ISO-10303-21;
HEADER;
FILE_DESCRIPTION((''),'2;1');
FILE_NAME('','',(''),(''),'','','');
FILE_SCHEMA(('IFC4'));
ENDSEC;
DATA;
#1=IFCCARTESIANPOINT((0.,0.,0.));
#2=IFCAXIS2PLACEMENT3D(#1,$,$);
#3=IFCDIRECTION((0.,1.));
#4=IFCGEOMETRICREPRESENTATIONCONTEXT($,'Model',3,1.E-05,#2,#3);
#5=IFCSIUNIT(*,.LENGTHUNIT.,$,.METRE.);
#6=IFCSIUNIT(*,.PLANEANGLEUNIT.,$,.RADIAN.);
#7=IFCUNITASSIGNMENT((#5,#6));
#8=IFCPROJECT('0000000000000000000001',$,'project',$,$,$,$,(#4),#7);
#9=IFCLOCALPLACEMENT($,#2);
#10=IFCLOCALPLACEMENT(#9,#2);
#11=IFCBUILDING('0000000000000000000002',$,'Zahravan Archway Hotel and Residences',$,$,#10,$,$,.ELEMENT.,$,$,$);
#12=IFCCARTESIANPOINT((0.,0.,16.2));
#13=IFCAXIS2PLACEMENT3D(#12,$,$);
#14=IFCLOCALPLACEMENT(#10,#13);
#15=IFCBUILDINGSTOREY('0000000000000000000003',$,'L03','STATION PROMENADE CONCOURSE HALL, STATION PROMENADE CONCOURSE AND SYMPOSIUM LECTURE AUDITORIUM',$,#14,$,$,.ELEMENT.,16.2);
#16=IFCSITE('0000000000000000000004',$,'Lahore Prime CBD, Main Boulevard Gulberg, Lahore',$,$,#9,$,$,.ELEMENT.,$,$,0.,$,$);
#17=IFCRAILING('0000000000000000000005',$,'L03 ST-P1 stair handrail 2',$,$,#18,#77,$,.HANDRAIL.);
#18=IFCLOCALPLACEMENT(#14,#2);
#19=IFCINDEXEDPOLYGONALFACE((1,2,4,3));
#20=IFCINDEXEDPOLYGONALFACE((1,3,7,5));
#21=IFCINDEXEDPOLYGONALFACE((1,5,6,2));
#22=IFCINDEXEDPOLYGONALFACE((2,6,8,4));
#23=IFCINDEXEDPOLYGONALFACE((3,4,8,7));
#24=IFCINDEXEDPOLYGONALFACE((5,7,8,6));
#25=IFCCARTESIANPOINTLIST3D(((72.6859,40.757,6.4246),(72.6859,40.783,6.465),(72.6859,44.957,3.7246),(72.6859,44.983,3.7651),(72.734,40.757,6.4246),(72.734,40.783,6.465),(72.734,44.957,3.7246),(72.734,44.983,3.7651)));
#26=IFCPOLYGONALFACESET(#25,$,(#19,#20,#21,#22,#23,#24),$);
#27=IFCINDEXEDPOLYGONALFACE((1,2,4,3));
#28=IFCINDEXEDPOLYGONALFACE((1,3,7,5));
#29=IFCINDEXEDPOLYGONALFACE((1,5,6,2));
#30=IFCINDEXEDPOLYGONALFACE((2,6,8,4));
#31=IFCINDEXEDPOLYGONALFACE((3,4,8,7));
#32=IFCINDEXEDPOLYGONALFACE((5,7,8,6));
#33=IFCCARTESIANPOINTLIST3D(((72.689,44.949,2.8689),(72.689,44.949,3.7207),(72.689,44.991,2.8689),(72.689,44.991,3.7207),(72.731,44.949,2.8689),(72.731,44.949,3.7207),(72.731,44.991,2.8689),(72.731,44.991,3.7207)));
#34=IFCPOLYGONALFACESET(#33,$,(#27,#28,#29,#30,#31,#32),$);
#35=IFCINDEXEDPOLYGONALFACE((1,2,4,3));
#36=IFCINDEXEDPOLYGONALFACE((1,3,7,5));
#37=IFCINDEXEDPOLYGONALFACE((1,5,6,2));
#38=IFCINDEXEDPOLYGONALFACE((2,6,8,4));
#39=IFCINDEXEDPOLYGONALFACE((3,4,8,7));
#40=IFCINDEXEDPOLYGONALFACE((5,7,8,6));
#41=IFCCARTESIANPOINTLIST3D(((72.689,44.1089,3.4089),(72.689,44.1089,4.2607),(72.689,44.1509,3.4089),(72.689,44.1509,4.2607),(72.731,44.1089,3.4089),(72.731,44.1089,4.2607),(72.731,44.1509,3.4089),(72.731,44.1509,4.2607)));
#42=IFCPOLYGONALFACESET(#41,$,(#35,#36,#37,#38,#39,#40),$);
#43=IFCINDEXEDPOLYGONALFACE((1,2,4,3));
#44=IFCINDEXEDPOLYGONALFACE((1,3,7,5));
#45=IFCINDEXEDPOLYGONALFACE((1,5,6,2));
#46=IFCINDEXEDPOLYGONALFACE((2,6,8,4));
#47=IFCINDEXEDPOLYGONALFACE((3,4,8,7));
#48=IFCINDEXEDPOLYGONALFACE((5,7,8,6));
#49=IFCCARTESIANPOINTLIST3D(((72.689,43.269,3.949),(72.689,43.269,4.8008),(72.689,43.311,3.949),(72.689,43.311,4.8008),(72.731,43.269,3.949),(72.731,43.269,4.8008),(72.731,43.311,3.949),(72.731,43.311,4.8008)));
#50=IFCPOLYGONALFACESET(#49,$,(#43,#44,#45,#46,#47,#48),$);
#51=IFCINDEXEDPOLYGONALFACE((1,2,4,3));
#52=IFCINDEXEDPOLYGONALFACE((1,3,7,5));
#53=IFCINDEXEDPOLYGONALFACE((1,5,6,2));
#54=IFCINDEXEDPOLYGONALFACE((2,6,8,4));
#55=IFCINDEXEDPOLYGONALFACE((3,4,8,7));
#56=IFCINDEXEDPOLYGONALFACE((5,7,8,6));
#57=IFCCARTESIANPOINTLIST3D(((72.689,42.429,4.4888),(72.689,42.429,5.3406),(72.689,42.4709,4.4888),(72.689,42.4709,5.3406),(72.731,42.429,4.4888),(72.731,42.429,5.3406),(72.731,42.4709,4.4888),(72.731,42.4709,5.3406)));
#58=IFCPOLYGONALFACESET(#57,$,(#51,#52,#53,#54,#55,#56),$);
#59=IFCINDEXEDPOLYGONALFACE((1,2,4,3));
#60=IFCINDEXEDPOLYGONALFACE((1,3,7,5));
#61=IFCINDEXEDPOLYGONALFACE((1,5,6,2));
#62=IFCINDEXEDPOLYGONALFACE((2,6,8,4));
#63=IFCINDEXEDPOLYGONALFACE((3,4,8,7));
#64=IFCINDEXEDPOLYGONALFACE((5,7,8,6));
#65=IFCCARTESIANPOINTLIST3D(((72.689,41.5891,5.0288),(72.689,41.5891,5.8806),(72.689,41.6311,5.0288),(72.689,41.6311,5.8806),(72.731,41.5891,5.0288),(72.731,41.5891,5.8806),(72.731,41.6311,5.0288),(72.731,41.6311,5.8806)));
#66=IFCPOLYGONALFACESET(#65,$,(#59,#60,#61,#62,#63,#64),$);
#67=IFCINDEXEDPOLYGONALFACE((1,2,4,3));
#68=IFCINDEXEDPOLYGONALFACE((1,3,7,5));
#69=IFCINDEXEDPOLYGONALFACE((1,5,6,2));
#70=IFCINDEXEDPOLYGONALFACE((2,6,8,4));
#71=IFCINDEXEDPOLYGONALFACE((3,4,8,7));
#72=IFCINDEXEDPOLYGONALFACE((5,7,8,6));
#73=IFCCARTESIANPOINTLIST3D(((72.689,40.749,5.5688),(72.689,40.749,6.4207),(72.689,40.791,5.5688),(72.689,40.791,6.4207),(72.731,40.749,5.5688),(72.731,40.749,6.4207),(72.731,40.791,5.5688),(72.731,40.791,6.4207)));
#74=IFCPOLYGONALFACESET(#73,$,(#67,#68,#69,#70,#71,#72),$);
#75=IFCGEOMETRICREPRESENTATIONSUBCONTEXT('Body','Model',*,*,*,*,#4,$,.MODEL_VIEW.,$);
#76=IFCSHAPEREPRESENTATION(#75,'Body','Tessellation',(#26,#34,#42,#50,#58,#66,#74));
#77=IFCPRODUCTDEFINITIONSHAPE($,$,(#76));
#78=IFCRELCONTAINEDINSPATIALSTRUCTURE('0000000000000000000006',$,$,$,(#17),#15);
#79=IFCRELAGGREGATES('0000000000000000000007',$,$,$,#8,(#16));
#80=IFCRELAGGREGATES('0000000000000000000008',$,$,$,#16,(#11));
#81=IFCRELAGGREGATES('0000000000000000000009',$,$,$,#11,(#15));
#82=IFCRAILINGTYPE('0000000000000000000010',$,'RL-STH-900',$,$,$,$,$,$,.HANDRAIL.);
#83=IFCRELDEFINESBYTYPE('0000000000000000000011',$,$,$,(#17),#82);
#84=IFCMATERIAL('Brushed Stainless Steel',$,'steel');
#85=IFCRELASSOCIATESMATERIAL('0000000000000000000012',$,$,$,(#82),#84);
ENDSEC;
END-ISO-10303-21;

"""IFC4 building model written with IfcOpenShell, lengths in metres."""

from ifc_helpers import new_model, si_unit, direction, frame, origin, origin_2d, place, context, subcontext, project, spatial, rectangle, extrude, material, type_object, element, save


model = new_model("IFC4")

# Units and contexts
model_context = context("Model", 3, precision=1e-05, world=origin(), true_north=direction((0.0, 1.0)))
body_context = subcontext(model_context, "Body", "Model", "MODEL_VIEW")
ifc_project = project(units=[si_unit("LENGTHUNIT", "METRE"), si_unit("PLANEANGLEUNIT", "RADIAN")], contexts=[model_context])

# Site, building, storey
site_placement = place(None, origin())
site = spatial("IfcSite", under=ifc_project, at=site_placement, Name="Lahore Prime CBD, Main Boulevard Gulberg, Lahore", CompositionType="ELEMENT", RefElevation=0.0)
building_placement = place(site_placement, origin())
building = spatial("IfcBuilding", under=site, at=building_placement, Name="Zahravan Archway Hotel and Residences", CompositionType="ELEMENT")
storey_placement = place(building_placement, frame((0.0, 0.0, 16.2)))
storey = spatial("IfcBuildingStorey", under=building, at=storey_placement, Name="L03", Description="STATION PROMENADE CONCOURSE HALL, STATION PROMENADE CONCOURSE AND SYMPOSIUM LECTURE AUDITORIUM", CompositionType="ELEMENT", Elevation=16.2)

# Railing
ifc_material_1 = material(Name="Brushed Stainless Steel", Category="steel")
railing_type_1 = type_object("IfcRailingType", Name="RL-STH-900", PredefinedType="HANDRAIL", material=ifc_material_1)
railing_1_placement = place(storey_placement, frame((72.71, 44.97, 2.8689)))
element("IfcRailing", 1, at=railing_1_placement, inside=storey, type_object=railing_type_1, Name="L03 ST-P1 stair handrail 2", PredefinedType="HANDRAIL", context=body_context, shape_type="SweptSolid", body=[
    extrude(rectangle(XDim=0.0481, YDim=0.0481, at=origin_2d()), frame((0.0, 0.0, 0.876), z_axis=(0.0, -0.84118, 0.540755), x_axis=(1.0, 0.0, 0.0)), (0.0, 0.0, 1.0), 4.9929),
    extrude(rectangle(XDim=0.042, YDim=0.042, at=origin_2d()), origin(), (0.0, 0.0, 1.0), 0.8518),
    extrude(rectangle(XDim=0.042, YDim=0.042, at=origin_2d()), frame((0.0, -0.8401, 0.54)), (0.0, 0.0, 1.0), 0.8518),
    extrude(rectangle(XDim=0.042, YDim=0.042, at=origin_2d()), frame((0.0, -1.6799, 1.0801)), (0.0, 0.0, 1.0), 0.8518),
    extrude(rectangle(XDim=0.042, YDim=0.042, at=origin_2d()), frame((0.0, -2.52, 1.6199)), (0.0, 0.0, 1.0), 0.8518),
    extrude(rectangle(XDim=0.042, YDim=0.042, at=origin_2d()), frame((0.0, -3.3599, 2.1599)), (0.0, 0.0, 1.0), 0.8518),
    extrude(rectangle(XDim=0.042, YDim=0.042, at=origin_2d()), frame((0.0, -4.2, 2.7)), (0.0, 0.0, 1.0), 0.8518),
])

save(model, "model.ifc")
